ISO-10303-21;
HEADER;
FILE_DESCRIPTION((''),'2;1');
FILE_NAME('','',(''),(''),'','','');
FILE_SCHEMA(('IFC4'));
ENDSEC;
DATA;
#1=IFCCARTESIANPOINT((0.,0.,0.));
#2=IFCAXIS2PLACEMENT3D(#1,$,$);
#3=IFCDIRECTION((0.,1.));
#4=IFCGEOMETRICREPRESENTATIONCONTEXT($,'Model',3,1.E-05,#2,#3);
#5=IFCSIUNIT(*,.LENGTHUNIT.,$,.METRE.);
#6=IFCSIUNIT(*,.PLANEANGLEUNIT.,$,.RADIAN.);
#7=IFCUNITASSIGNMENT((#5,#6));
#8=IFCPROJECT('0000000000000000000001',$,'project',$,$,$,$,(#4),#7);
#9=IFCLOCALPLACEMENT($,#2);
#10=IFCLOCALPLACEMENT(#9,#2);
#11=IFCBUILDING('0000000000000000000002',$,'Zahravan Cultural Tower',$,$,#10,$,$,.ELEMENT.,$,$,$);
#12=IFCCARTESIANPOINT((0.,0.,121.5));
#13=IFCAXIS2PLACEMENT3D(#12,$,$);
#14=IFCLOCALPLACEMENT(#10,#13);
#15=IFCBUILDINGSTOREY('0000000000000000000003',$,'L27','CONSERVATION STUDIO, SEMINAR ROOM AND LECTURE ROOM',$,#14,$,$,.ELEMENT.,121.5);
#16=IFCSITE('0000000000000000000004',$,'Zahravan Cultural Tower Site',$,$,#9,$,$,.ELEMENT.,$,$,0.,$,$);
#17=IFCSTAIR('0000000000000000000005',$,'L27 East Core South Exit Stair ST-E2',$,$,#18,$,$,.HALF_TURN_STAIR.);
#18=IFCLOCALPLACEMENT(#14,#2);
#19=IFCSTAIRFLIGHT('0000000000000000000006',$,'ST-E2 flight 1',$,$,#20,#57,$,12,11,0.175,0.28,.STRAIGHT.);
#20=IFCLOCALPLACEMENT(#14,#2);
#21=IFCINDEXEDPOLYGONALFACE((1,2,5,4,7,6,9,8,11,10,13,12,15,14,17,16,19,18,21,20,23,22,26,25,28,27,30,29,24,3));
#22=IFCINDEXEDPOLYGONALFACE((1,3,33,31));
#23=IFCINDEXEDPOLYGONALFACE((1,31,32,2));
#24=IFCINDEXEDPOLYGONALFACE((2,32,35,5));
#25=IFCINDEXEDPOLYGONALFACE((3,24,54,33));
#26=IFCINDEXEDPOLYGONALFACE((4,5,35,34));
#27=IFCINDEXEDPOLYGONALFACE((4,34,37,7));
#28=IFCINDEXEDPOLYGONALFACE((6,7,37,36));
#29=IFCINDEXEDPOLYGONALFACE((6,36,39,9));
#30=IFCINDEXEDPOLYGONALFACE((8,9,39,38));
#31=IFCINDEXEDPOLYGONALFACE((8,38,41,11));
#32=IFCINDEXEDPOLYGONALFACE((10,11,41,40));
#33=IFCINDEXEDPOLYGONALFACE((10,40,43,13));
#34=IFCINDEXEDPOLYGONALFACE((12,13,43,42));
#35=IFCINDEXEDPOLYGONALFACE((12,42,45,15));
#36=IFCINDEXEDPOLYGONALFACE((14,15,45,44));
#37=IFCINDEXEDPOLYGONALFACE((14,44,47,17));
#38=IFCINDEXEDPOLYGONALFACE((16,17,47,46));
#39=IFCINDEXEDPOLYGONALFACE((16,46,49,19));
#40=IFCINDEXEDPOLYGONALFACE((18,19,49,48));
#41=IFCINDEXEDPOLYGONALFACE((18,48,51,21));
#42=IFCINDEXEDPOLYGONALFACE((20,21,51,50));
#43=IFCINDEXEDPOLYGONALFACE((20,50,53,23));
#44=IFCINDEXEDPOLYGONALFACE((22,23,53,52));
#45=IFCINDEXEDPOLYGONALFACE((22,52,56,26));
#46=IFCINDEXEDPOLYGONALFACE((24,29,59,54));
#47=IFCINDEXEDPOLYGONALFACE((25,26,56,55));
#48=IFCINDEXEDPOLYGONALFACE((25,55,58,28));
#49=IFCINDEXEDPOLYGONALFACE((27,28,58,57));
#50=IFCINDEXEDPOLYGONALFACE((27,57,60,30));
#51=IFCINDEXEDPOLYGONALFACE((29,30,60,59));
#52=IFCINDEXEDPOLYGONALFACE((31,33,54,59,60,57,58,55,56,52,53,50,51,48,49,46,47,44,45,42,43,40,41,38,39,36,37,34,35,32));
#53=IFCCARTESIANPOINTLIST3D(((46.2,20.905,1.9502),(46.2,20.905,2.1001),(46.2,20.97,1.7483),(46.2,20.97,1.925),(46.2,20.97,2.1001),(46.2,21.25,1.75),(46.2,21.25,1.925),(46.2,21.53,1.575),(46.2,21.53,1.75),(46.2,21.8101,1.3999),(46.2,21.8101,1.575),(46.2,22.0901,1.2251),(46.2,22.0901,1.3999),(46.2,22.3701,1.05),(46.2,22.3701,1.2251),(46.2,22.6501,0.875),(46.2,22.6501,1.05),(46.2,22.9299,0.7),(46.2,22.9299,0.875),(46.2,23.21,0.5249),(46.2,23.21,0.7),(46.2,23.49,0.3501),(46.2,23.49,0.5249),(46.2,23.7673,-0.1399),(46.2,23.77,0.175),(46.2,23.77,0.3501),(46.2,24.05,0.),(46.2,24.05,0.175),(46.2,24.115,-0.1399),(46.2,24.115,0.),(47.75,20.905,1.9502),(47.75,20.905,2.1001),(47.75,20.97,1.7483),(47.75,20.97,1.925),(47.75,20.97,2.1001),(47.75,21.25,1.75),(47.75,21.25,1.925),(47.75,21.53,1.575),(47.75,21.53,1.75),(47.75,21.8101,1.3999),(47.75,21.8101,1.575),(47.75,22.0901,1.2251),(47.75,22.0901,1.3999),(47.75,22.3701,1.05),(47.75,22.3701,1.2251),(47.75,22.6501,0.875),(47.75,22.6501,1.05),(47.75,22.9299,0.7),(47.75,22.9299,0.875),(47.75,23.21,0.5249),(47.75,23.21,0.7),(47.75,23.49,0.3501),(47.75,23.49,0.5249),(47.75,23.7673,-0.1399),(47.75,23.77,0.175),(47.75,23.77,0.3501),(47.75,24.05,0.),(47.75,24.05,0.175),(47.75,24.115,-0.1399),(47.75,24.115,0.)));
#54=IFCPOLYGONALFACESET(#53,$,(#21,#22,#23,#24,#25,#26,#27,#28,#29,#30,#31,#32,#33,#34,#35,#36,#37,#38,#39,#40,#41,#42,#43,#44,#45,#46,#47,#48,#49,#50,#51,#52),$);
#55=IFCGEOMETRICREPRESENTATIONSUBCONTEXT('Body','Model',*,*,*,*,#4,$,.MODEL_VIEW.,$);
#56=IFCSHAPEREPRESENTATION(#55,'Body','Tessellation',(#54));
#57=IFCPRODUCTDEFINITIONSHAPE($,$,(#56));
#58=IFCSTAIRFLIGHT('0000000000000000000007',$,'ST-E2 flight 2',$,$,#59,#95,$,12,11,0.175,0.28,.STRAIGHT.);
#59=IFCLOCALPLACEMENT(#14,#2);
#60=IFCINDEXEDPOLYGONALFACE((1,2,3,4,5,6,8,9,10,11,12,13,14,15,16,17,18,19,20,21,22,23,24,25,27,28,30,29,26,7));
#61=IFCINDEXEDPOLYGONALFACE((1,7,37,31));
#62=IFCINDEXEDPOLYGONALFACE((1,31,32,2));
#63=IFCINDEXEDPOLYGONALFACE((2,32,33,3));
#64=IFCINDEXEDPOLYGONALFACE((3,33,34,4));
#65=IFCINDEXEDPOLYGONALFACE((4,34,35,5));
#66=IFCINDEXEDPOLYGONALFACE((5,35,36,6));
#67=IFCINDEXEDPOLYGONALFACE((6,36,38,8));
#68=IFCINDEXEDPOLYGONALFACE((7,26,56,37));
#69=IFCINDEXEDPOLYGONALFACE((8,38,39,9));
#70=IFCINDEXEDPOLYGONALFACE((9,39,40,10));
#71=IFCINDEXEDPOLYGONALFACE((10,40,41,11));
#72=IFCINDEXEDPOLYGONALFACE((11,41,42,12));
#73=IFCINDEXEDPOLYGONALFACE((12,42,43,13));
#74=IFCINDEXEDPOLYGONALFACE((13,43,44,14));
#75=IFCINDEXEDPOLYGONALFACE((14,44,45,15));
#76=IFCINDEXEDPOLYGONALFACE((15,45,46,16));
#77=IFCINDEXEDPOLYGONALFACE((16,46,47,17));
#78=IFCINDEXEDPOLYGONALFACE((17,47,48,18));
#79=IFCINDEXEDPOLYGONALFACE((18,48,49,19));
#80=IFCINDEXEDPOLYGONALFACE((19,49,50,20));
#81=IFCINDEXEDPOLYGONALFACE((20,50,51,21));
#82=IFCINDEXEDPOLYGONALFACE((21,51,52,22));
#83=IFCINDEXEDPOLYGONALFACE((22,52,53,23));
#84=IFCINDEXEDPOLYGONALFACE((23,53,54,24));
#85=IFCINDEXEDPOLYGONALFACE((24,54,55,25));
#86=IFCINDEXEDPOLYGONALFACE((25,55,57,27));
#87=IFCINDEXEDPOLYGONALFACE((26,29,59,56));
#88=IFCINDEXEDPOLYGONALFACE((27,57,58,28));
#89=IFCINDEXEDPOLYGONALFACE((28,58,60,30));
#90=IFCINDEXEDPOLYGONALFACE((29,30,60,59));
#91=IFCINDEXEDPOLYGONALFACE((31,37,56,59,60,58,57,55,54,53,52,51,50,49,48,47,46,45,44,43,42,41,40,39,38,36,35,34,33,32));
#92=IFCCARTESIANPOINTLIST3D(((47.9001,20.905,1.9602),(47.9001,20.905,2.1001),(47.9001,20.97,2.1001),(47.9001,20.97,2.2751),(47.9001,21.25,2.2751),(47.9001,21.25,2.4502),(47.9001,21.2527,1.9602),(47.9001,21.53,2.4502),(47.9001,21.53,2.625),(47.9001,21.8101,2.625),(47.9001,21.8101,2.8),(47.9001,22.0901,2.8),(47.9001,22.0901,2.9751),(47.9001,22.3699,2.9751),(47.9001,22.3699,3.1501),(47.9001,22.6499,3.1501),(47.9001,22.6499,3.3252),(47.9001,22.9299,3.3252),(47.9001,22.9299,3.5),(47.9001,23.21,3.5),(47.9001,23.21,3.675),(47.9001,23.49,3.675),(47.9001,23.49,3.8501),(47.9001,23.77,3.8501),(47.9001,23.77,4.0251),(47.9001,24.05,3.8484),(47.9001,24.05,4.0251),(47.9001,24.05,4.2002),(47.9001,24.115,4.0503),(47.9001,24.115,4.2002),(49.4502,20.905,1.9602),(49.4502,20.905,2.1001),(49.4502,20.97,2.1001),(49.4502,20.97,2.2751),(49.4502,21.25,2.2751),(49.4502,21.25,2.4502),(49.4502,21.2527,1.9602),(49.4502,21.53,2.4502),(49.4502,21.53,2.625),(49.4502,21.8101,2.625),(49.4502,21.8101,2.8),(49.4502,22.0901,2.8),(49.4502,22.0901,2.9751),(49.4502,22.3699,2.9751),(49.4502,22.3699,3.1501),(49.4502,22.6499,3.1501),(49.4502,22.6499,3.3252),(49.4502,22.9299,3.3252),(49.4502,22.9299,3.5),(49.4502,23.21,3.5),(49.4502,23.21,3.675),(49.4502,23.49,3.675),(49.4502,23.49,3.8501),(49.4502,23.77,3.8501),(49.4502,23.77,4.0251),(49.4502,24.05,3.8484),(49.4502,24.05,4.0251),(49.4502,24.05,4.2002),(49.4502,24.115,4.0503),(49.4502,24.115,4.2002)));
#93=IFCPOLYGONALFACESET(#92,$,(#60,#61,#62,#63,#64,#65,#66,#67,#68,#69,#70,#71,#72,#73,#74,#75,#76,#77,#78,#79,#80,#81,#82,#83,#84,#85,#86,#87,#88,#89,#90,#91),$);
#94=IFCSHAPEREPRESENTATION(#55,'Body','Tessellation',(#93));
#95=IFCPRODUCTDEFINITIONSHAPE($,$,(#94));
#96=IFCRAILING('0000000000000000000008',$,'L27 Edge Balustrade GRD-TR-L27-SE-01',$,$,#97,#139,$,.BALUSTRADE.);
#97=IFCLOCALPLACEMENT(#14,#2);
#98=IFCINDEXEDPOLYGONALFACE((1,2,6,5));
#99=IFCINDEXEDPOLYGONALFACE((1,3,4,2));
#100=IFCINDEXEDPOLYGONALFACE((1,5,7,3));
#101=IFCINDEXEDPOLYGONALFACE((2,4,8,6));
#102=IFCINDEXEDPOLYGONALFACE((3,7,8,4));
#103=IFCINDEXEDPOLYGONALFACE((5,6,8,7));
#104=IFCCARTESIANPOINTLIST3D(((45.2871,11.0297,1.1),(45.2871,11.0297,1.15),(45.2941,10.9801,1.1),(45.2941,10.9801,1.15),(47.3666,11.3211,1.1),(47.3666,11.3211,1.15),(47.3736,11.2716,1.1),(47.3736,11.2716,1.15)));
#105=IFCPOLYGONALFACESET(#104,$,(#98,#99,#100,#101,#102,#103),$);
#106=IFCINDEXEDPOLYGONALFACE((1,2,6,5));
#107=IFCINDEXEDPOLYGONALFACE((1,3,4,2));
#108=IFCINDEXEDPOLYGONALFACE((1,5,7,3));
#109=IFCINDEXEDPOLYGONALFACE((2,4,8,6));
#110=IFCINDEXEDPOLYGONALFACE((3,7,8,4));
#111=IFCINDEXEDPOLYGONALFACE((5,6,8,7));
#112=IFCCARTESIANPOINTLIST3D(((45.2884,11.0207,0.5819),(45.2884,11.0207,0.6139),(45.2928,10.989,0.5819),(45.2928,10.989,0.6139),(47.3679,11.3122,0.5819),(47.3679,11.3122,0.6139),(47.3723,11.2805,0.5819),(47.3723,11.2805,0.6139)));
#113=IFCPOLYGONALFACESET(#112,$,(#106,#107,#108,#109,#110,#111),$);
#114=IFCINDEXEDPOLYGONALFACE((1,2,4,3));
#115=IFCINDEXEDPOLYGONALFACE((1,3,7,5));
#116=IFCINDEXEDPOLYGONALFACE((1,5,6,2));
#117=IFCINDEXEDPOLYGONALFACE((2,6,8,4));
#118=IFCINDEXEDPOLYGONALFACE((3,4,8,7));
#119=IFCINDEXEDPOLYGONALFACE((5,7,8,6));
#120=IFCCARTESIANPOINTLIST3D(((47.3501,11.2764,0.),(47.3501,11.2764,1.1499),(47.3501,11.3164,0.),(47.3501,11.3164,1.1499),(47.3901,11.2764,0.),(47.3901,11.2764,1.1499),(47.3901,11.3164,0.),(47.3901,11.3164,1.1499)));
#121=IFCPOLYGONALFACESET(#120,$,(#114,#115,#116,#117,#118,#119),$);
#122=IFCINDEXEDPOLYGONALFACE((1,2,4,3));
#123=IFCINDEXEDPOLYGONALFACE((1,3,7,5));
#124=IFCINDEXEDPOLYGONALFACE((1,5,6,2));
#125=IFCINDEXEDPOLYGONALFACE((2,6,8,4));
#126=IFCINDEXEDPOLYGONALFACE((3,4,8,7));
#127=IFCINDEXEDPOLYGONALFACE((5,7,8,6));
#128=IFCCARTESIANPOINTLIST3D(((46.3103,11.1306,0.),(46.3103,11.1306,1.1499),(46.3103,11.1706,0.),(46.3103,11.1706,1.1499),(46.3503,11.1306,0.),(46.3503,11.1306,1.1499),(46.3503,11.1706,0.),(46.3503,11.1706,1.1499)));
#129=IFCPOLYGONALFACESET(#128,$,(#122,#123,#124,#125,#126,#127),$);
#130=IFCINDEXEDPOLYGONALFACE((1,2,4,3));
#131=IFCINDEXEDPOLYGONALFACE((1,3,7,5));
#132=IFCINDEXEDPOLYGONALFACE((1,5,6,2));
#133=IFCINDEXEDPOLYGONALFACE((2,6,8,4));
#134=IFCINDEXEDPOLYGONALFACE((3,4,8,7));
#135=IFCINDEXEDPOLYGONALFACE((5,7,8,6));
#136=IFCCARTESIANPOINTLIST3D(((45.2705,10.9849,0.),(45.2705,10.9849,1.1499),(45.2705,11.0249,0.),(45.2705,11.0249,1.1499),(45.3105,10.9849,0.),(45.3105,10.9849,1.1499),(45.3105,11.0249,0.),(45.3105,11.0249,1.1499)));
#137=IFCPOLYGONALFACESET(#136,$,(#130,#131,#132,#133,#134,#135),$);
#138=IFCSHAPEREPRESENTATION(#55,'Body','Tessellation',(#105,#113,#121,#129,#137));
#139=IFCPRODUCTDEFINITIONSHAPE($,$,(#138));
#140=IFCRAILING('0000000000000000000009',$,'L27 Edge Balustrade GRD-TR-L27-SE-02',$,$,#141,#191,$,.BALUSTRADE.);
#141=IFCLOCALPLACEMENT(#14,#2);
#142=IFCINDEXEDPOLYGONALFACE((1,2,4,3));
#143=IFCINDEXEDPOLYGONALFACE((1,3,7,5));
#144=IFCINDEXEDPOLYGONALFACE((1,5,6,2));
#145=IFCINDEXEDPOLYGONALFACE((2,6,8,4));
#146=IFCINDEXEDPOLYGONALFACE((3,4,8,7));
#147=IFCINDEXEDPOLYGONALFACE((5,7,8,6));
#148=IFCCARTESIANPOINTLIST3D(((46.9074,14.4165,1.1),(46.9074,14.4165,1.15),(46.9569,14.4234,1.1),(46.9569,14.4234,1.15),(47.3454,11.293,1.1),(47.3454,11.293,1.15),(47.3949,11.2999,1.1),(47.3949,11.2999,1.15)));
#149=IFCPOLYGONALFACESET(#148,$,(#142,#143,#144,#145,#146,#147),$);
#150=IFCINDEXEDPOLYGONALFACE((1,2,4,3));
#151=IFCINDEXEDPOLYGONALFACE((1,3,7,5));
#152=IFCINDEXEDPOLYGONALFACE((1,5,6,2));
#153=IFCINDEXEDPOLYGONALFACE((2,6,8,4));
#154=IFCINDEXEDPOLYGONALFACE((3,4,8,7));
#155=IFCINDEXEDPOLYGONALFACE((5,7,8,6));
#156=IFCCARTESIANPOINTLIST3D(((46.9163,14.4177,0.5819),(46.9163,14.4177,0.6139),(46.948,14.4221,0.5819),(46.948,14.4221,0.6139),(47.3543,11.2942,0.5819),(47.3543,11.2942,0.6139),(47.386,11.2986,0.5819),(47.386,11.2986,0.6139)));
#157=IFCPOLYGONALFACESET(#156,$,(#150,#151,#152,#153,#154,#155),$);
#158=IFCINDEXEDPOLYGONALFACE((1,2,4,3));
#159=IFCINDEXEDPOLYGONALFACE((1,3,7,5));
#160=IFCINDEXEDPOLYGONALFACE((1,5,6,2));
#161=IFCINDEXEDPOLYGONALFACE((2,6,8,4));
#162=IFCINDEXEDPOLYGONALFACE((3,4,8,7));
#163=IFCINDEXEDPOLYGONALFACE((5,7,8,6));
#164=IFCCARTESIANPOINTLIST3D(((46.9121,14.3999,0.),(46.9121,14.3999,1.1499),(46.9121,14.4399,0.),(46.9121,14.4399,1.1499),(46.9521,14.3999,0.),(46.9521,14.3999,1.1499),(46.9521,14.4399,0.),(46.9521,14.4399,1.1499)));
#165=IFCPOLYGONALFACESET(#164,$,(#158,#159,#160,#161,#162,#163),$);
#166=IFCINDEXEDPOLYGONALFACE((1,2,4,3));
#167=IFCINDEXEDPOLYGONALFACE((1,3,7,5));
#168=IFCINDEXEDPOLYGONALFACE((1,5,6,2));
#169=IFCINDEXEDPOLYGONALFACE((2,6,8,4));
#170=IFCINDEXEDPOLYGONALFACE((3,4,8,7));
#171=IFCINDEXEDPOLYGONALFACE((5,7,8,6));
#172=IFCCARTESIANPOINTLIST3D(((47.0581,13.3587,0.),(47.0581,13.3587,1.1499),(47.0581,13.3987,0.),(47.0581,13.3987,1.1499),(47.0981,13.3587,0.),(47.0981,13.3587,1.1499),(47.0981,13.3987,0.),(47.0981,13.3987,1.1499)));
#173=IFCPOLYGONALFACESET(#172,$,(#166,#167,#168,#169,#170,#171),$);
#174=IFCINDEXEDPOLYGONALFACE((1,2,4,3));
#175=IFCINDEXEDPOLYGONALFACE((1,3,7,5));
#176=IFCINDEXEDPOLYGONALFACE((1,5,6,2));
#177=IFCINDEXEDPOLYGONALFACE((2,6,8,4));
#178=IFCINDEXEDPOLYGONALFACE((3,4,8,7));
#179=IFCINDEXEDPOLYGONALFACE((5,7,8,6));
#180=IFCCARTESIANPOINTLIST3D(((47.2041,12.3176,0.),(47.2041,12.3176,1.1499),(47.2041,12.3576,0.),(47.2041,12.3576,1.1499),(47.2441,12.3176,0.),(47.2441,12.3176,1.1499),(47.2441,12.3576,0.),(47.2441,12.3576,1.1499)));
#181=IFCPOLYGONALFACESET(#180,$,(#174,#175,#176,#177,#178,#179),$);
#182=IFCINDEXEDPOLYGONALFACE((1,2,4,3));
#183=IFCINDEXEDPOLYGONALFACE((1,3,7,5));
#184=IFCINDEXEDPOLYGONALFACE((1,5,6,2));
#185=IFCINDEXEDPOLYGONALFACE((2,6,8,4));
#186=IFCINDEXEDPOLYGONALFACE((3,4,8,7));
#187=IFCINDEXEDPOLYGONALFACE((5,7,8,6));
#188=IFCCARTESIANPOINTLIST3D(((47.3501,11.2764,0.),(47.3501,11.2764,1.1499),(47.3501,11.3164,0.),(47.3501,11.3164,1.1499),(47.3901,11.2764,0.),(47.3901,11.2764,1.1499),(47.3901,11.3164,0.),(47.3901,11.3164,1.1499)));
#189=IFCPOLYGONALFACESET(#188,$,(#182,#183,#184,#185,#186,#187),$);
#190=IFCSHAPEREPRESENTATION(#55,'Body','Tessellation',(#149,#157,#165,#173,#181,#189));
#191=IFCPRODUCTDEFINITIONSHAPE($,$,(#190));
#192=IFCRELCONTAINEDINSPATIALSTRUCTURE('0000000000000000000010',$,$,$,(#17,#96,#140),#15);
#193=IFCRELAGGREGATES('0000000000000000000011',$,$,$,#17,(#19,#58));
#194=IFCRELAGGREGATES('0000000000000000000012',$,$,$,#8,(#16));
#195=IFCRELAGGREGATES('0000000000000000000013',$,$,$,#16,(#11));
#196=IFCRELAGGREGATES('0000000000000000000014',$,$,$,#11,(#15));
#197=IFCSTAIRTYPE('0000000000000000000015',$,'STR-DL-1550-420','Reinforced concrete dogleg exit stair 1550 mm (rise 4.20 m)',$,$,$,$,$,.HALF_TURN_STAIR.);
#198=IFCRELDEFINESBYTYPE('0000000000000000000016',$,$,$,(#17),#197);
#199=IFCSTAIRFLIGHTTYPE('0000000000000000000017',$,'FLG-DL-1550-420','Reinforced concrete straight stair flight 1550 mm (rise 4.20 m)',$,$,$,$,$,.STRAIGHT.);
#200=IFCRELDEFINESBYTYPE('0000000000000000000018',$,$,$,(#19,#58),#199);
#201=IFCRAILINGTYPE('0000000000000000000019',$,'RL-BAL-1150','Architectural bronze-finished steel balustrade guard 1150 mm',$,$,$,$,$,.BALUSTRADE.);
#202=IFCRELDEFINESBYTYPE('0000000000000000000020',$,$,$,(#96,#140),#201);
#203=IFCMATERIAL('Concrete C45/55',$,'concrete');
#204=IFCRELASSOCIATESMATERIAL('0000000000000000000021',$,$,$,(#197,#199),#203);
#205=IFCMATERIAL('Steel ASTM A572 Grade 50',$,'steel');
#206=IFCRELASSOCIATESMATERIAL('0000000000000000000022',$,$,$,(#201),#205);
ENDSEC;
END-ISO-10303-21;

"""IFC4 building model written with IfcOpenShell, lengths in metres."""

from ifc_helpers import new_model, si_unit, direction, frame, origin, origin_2d, place, context, subcontext, project, spatial, polyline, rectangle, outline, extrude, material, type_object, element, aggregate, save


model = new_model("IFC4")

# Units and contexts
model_context = context("Model", 3, precision=1e-05, world=origin(), true_north=direction((0.0, 1.0)))
body_context = subcontext(model_context, "Body", "Model", "MODEL_VIEW")
ifc_project = project(units=[si_unit("LENGTHUNIT", "METRE"), si_unit("PLANEANGLEUNIT", "RADIAN")], contexts=[model_context])

# Site, building, storey
site_placement = place(None, origin())
site = spatial("IfcSite", under=ifc_project, at=site_placement, Name="Zahravan Cultural Tower Site", CompositionType="ELEMENT", RefElevation=0.0)
building_placement = place(site_placement, origin())
building = spatial("IfcBuilding", under=site, at=building_placement, Name="Zahravan Cultural Tower", CompositionType="ELEMENT")
storey_placement = place(building_placement, frame((0.0, 0.0, 121.5)))
storey = spatial("IfcBuildingStorey", under=building, at=storey_placement, Name="L27", Description="CONSERVATION STUDIO, SEMINAR ROOM AND LECTURE ROOM", CompositionType="ELEMENT", Elevation=121.5)

# Shared definitions
ifc_material_1 = material(Name="Concrete C45/55", Category="concrete")

# Stair, stair flights
stair_type = type_object("IfcStairType", Name="STR-DL-1550-420", Description="Reinforced concrete dogleg exit stair 1550 mm (rise 4.20 m)", PredefinedType="HALF_TURN_STAIR", material=ifc_material_1)
stair_placement = place(storey_placement, origin())
stair = element("IfcStair", 1, at=stair_placement, inside=storey, type_object=stair_type, Name="L27 East Core South Exit Stair ST-E2", PredefinedType="HALF_TURN_STAIR")
stair_flight_type = type_object("IfcStairFlightType", Name="FLG-DL-1550-420", Description="Reinforced concrete straight stair flight 1550 mm (rise 4.20 m)", PredefinedType="STRAIGHT", material=ifc_material_1)
stair_flight_1_placement = place(storey_placement, frame((46.9751, 24.05, 0.0), z_axis=(0.0, 0.0, 1.0), x_axis=(0.0, -1.0, 0.0)))
stair_flight_1 = element("IfcStairFlight", 2, at=stair_flight_1_placement, type_object=stair_flight_type, Name="ST-E2 flight 1", NumberOfRisers=12, NumberOfTreads=11, PredefinedType="STRAIGHT", RiserHeight=0.175, TreadLength=0.28, context=body_context, shape_type="SweptSolid", body=[
    extrude(outline(polyline([(-0.0649, -0.1399), (-0.0649, 0.0), (0.0, 0.0), (0.0, 0.175), (0.28, 0.175), (0.28, 0.3501), (0.5601, 0.3501), (0.5601, 0.5249), (0.8401, 0.5249), (0.8401, 0.7), (1.1201, 0.7), (1.1201, 0.875), (1.3999, 0.875), (1.3999, 1.05), (1.6799, 1.05), (1.6799, 1.2251), (1.96, 1.2251), (1.96, 1.3999), (2.24, 1.3999), (2.24, 1.575), (2.52, 1.575), (2.52, 1.75), (2.8, 1.75), (2.8, 1.925), (3.0801, 1.925), (3.0801, 2.1001), (3.145, 2.1001), (3.145, 1.9502), (3.0801, 1.7483), (0.2827, -0.1399), (-0.0649, -0.1399)])), frame((0.0, 0.7749, 0.0), z_axis=(0.0, -1.0, 0.0), x_axis=(1.0, 0.0, 0.0)), (0.0, 0.0, 1.0), 1.55),
])
stair_flight_2_placement = place(storey_placement, frame((48.675, 20.97, 2.1001), z_axis=(0.0, 0.0, 1.0), x_axis=(0.0, 1.0, 0.0)))
stair_flight_2 = element("IfcStairFlight", 3, at=stair_flight_2_placement, type_object=stair_flight_type, Name="ST-E2 flight 2", NumberOfRisers=12, NumberOfTreads=11, PredefinedType="STRAIGHT", RiserHeight=0.175, TreadLength=0.28, context=body_context, shape_type="SweptSolid", body=[
    extrude(outline(polyline([(-0.0649, -0.1399), (-0.0649, 0.0), (0.0, 0.0), (0.0, 0.175), (0.28, 0.175), (0.28, 0.3501), (0.5601, 0.3501), (0.5601, 0.5249), (0.8401, 0.5249), (0.8401, 0.7), (1.1201, 0.7), (1.1201, 0.875), (1.3999, 0.875), (1.3999, 1.05), (1.6799, 1.05), (1.6799, 1.2251), (1.96, 1.2251), (1.96, 1.3999), (2.24, 1.3999), (2.24, 1.575), (2.52, 1.575), (2.52, 1.75), (2.8, 1.75), (2.8, 1.925), (3.0801, 1.925), (3.0801, 2.1001), (3.145, 2.1001), (3.145, 1.9502), (3.0801, 1.7483), (0.2827, -0.1399), (-0.0649, -0.1399)])), frame((0.0, 0.7749, 0.0), z_axis=(0.0, -1.0, 0.0), x_axis=(1.0, 0.0, 0.0)), (0.0, 0.0, 1.0), 1.55),
])
aggregate(stair, [stair_flight_1, stair_flight_2])

# Railings
ifc_material_2 = material(Name="Steel ASTM A572 Grade 50", Category="steel")
railing_type_1 = type_object("IfcRailingType", Name="RL-BAL-1150", Description="Architectural bronze-finished steel balustrade guard 1150 mm", PredefinedType="BALUSTRADE", material=ifc_material_2)
railing_1_placement = place(storey_placement, frame((47.3701, 11.2964, 0.0)))
element("IfcRailing", 4, at=railing_1_placement, inside=storey, type_object=railing_type_1, Name="L27 Edge Balustrade GRD-TR-L27-SE-01", PredefinedType="BALUSTRADE", context=body_context, shape_type="SweptSolid", body=[
    extrude(rectangle(XDim=0.05, YDim=0.05, at=origin_2d()), frame((0.0, 0.0, 1.125), z_axis=(-0.990318, -0.138817, 0.0), x_axis=(0.138817, -0.990318, 0.0)), (0.0, 0.0, 1.0), 2.0999),
    extrude(rectangle(XDim=0.032, YDim=0.032, at=origin_2d()), frame((0.0, 0.0, 0.5979), z_axis=(-0.990318, -0.138817, 0.0), x_axis=(0.138817, -0.990318, 0.0)), (0.0, 0.0, 1.0), 2.0999),
    extrude(rectangle(XDim=0.04, YDim=0.04, at=origin_2d()), origin(), (0.0, 0.0, 1.0), 1.1499),
    extrude(rectangle(XDim=0.04, YDim=0.04, at=origin_2d()), frame((-1.0398, -0.1458, 0.0)), (0.0, 0.0, 1.0), 1.1499),
    extrude(rectangle(XDim=0.04, YDim=0.04, at=origin_2d()), frame((-2.0796, -0.2915, 0.0)), (0.0, 0.0, 1.0), 1.1499),
])
railing_2_placement = place(storey_placement, frame((46.9321, 14.4199, 0.0)))
element("IfcRailing", 5, at=railing_2_placement, inside=storey, type_object=railing_type_1, Name="L27 Edge Balustrade GRD-TR-L27-SE-02", PredefinedType="BALUSTRADE", context=body_context, shape_type="SweptSolid", body=[
    extrude(rectangle(XDim=0.05, YDim=0.05, at=origin_2d()), frame((0.0, 0.0, 1.125), z_axis=(0.138863, -0.990312, 0.0), x_axis=(0.990312, 0.138863, 0.0)), (0.0, 0.0, 1.0), 3.1541),
    extrude(rectangle(XDim=0.032, YDim=0.032, at=origin_2d()), frame((0.0, 0.0, 0.5979), z_axis=(0.138863, -0.990312, 0.0), x_axis=(0.990312, 0.138863, 0.0)), (0.0, 0.0, 1.0), 3.1541),
    extrude(rectangle(XDim=0.04, YDim=0.04, at=origin_2d()), origin(), (0.0, 0.0, 1.0), 1.1499),
    extrude(rectangle(XDim=0.04, YDim=0.04, at=origin_2d()), frame((0.146, -1.0413, 0.0)), (0.0, 0.0, 1.0), 1.1499),
    extrude(rectangle(XDim=0.04, YDim=0.04, at=origin_2d()), frame((0.292, -2.0823, 0.0)), (0.0, 0.0, 1.0), 1.1499),
    extrude(rectangle(XDim=0.04, YDim=0.04, at=origin_2d()), frame((0.438, -3.1235, 0.0)), (0.0, 0.0, 1.0), 1.1499),
])

save(model, "model.ifc")
